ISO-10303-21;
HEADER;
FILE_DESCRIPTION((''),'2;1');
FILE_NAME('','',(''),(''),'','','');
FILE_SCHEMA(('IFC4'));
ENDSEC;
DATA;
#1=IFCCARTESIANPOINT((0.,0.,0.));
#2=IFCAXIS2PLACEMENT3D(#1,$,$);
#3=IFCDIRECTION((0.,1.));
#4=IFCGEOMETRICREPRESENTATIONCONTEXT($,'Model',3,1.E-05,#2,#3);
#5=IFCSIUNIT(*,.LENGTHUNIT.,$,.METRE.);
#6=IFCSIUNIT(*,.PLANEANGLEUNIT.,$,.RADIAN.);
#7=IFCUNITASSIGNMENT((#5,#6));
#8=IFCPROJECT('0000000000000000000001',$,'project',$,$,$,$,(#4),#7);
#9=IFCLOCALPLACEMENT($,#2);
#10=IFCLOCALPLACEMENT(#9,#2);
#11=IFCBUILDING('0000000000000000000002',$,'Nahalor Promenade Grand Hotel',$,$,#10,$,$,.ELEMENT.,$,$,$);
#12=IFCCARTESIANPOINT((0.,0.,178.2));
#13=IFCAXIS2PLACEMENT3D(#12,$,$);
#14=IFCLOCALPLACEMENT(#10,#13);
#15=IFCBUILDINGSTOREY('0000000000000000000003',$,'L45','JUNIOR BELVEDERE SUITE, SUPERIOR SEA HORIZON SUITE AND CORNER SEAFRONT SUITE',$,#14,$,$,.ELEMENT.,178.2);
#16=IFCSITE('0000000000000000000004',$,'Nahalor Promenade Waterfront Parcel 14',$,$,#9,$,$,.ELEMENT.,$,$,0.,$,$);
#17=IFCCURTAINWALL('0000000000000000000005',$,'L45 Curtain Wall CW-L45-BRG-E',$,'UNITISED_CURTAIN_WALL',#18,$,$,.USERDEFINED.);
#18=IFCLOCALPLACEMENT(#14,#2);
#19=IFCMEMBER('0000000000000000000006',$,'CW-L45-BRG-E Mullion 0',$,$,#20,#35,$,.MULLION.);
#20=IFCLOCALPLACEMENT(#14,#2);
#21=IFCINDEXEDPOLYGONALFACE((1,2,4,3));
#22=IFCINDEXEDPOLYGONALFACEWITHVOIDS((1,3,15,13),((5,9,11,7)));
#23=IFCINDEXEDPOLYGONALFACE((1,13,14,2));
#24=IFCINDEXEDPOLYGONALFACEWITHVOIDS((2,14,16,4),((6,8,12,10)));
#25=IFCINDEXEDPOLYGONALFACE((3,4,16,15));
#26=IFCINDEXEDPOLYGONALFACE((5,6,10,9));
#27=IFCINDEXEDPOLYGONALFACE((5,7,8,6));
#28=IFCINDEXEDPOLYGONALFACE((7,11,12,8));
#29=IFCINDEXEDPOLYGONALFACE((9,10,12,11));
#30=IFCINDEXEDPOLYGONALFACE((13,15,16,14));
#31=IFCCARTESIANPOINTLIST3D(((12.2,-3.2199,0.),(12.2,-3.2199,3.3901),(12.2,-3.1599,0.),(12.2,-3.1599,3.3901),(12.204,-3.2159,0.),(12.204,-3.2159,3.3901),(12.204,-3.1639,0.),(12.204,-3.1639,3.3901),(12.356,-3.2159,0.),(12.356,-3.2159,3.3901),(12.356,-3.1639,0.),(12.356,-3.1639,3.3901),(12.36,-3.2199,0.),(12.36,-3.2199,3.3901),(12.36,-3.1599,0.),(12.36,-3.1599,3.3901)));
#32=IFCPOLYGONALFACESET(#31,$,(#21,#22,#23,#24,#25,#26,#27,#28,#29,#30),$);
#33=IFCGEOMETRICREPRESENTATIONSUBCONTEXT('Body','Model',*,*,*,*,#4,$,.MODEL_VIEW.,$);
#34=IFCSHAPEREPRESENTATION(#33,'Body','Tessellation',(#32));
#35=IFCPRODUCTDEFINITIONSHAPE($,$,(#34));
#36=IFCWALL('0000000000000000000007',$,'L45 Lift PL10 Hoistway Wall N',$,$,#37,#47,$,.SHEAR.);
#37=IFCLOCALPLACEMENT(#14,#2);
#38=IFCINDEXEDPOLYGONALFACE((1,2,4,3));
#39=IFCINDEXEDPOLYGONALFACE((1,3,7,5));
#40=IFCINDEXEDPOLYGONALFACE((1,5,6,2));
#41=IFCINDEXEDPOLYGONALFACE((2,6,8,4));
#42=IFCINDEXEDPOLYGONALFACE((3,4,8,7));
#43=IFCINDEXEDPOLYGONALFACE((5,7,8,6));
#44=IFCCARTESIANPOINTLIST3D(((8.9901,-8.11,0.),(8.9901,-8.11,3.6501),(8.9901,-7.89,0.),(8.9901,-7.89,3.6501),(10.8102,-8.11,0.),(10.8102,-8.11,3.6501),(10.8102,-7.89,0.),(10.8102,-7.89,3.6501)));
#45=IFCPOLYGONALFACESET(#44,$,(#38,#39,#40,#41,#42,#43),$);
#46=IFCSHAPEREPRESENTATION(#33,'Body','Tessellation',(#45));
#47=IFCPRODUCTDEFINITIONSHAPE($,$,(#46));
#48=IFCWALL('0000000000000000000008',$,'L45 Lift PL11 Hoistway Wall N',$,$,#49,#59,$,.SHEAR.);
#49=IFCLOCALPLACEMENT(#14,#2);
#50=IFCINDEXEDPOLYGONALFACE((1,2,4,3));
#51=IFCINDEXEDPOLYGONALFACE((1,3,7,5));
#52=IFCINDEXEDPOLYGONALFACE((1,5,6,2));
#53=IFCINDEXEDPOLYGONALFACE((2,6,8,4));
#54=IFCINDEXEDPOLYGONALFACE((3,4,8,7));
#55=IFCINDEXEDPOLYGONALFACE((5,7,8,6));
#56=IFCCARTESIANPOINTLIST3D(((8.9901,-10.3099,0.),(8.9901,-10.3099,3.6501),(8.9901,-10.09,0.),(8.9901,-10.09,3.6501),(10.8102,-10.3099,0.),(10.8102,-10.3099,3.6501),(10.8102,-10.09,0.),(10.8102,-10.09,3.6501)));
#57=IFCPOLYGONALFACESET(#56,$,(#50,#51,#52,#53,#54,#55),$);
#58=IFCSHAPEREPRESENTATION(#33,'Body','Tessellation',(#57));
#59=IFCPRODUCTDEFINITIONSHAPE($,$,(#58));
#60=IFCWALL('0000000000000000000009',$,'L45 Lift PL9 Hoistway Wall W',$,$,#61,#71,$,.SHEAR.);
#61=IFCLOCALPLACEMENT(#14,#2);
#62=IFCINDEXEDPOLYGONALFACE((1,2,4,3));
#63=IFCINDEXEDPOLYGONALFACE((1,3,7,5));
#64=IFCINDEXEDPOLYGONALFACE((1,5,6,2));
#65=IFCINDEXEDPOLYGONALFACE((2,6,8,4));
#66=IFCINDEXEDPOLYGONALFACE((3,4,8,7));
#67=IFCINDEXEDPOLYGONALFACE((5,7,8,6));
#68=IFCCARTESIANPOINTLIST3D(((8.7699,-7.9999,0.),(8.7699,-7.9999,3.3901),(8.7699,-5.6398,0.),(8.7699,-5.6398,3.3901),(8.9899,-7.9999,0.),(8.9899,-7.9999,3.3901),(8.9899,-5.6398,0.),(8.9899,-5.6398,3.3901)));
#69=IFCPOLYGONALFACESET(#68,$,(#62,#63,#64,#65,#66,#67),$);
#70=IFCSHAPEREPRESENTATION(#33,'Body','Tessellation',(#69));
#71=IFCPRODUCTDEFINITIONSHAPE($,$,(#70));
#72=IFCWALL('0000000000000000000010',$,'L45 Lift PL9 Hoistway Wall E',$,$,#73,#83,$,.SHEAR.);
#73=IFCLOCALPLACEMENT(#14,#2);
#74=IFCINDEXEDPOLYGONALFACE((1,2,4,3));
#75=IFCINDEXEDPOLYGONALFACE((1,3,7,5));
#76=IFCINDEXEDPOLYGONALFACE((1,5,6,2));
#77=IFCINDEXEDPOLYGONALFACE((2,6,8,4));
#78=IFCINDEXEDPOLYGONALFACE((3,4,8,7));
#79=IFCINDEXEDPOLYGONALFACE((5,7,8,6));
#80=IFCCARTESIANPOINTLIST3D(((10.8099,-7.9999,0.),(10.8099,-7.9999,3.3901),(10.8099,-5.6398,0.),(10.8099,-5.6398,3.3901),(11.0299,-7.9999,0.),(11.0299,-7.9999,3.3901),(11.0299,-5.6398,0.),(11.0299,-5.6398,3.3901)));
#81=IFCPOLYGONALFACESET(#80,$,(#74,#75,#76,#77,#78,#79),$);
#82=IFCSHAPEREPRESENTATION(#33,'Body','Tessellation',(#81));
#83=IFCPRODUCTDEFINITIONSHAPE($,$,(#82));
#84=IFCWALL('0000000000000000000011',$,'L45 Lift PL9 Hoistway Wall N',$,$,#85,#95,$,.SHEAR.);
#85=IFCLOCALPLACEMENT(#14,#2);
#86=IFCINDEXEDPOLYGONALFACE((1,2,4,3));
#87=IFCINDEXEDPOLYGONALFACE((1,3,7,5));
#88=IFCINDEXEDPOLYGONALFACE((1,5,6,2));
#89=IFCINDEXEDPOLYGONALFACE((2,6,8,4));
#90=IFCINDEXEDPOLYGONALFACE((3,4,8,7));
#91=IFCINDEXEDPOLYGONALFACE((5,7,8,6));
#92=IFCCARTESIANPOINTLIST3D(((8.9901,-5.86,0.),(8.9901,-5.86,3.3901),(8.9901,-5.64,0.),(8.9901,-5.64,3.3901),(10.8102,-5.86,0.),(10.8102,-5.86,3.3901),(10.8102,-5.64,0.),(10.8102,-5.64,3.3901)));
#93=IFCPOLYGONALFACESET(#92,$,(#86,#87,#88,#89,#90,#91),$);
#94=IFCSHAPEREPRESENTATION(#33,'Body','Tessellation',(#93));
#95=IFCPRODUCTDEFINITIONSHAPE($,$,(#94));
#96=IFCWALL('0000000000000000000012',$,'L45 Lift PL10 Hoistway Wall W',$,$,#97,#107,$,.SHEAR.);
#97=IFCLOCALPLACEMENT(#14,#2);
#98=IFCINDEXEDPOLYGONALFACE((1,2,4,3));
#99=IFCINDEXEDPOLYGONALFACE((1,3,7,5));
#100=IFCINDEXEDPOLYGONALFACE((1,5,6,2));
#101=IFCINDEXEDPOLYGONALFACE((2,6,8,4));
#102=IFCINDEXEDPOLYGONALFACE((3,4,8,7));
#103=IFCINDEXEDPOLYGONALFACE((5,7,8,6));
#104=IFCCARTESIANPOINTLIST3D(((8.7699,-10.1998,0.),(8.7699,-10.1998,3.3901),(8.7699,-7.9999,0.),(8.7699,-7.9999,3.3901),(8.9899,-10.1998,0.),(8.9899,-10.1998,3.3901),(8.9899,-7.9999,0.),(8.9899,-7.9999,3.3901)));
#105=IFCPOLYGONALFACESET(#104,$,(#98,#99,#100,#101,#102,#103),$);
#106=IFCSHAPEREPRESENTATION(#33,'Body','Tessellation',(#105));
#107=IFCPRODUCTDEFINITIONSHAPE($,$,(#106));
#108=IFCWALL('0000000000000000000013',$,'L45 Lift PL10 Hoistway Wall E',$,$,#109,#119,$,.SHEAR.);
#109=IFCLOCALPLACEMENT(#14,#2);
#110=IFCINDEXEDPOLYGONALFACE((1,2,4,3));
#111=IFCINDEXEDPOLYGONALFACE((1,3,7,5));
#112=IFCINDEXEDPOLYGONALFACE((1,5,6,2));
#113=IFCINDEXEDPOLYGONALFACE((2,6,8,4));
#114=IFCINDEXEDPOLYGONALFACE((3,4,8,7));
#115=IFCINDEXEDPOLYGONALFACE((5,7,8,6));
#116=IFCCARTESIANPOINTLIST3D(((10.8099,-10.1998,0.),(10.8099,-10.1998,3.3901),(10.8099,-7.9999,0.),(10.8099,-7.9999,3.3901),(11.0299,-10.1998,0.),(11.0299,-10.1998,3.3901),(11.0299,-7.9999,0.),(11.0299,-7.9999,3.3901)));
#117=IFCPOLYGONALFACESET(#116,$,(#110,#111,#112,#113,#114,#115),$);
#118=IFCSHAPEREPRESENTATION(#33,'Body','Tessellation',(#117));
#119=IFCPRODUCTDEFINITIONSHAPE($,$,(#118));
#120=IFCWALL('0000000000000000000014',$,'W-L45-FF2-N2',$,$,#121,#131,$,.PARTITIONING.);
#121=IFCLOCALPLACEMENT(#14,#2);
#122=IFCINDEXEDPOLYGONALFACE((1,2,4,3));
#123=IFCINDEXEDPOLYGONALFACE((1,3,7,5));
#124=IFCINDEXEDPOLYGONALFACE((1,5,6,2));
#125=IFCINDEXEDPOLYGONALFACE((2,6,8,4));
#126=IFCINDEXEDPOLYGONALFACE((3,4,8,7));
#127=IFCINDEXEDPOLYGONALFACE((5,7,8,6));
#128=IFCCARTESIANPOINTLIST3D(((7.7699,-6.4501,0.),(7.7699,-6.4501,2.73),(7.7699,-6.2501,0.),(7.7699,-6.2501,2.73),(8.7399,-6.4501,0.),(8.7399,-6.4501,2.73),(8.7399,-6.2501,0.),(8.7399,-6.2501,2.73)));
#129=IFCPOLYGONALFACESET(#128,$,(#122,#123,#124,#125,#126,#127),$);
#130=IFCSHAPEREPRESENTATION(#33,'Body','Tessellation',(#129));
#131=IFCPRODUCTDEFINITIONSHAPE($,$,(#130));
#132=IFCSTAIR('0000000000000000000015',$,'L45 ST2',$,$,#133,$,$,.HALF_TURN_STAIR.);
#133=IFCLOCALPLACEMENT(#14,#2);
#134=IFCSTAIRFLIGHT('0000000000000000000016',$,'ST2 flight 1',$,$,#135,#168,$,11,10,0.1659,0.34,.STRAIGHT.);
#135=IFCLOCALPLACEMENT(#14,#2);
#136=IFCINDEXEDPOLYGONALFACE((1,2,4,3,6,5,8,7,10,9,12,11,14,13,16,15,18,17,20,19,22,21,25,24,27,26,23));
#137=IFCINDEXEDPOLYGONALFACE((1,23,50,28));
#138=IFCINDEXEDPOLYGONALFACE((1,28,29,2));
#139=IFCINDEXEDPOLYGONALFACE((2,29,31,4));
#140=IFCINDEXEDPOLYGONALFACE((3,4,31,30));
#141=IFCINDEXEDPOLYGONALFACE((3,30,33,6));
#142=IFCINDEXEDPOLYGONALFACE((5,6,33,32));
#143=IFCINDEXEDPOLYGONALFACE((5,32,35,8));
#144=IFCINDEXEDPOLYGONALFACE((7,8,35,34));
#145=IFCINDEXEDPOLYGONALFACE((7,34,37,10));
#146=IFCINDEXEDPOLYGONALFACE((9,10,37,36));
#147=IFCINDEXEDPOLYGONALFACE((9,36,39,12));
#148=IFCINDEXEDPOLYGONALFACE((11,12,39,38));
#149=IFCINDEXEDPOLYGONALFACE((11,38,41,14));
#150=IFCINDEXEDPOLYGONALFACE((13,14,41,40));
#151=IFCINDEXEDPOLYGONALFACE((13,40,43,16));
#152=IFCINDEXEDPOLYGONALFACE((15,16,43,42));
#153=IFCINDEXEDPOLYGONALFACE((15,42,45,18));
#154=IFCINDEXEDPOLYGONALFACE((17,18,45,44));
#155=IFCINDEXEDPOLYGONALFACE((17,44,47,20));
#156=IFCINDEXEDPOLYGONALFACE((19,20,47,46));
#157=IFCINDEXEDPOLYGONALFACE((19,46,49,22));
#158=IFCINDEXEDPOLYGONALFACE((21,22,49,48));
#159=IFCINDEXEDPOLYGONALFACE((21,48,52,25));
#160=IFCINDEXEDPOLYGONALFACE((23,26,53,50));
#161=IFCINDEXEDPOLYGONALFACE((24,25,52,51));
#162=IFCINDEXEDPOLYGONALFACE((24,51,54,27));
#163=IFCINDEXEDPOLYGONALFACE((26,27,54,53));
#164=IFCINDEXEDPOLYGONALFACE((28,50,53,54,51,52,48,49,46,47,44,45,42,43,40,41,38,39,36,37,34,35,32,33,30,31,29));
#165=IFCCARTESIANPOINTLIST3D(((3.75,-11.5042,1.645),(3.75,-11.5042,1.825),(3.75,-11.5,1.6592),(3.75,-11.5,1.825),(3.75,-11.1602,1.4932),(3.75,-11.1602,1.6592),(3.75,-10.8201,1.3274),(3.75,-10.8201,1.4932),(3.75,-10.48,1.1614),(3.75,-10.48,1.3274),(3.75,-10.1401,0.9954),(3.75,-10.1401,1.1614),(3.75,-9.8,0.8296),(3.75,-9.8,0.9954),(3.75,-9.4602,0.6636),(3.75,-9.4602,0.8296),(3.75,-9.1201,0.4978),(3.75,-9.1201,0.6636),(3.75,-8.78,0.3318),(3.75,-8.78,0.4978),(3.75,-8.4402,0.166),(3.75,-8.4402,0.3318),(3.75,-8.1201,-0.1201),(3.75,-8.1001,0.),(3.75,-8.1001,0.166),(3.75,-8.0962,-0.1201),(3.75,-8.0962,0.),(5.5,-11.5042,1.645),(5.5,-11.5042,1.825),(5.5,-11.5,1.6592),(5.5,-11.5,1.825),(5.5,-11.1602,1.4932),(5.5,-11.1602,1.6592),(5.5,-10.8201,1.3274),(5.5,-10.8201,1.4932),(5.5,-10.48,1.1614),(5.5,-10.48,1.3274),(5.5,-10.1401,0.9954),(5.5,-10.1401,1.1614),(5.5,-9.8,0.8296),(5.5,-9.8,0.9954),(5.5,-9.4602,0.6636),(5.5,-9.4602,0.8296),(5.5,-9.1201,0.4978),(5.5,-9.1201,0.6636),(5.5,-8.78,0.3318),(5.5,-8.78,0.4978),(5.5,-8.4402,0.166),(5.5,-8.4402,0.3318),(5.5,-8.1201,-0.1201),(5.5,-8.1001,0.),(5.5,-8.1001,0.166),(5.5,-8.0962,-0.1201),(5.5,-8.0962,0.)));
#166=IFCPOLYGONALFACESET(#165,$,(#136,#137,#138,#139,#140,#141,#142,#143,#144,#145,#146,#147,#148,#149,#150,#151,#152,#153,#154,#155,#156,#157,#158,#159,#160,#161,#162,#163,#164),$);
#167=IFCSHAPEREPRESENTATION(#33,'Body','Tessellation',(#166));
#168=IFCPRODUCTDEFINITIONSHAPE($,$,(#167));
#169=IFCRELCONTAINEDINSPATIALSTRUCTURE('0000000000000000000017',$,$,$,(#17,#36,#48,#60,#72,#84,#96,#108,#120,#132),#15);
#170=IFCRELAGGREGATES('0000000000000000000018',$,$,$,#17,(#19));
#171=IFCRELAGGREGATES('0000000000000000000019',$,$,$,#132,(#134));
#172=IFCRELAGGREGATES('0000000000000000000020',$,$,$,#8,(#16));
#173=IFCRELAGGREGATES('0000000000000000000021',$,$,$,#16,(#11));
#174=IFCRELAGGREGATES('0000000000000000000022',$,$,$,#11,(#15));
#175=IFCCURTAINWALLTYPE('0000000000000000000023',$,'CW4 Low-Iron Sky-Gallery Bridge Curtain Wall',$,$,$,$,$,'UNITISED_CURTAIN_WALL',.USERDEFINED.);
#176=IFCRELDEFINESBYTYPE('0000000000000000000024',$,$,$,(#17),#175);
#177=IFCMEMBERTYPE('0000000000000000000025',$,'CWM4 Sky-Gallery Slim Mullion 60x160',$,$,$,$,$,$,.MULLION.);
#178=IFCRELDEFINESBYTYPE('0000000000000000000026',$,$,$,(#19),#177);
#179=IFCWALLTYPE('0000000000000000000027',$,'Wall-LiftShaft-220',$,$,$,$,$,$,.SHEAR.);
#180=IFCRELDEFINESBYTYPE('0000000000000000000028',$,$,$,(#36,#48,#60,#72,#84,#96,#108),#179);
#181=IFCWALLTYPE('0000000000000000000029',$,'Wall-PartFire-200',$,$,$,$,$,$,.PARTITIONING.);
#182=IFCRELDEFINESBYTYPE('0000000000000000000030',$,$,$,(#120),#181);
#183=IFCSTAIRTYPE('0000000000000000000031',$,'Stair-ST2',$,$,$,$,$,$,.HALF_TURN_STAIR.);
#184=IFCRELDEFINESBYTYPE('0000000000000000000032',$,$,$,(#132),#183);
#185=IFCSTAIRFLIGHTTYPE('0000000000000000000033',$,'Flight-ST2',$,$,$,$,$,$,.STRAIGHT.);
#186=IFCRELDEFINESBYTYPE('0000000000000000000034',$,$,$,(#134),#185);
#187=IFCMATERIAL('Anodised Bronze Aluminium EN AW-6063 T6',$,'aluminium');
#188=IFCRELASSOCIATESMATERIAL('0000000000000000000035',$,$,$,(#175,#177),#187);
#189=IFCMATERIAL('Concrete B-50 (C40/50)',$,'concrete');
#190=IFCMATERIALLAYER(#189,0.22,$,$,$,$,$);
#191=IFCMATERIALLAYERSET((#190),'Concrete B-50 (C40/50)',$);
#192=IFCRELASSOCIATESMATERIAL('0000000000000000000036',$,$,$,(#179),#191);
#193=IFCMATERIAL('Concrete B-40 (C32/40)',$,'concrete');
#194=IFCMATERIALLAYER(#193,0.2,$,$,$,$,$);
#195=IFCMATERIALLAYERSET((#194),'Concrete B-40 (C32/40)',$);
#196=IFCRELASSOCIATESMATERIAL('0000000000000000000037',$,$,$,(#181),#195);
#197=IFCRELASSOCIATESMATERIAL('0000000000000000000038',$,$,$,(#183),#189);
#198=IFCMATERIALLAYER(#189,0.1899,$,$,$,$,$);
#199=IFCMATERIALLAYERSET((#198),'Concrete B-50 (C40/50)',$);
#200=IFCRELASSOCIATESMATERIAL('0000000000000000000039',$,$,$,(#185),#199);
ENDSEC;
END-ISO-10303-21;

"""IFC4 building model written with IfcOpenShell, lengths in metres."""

from ifc_helpers import new_model, si_unit, direction, frame, frame_2d, origin, origin_2d, place, context, subcontext, project, spatial, polyline, rectangle, hollow_rectangle, outline, extrude, source, transform, mapped, material, layer, layer_set, material_profile, profile_set, type_object, element, aggregate, save


model = new_model("IFC4")

# Units and contexts
model_context = context("Model", 3, precision=1e-05, world=origin(), true_north=direction((0.0, 1.0)))
body_context = subcontext(model_context, "Body", "Model", "MODEL_VIEW")
ifc_project = project(units=[si_unit("LENGTHUNIT", "METRE"), si_unit("PLANEANGLEUNIT", "RADIAN")], contexts=[model_context])

# Site, building, storey
site_placement = place(None, origin())
site = spatial("IfcSite", under=ifc_project, at=site_placement, Name="Nahalor Promenade Waterfront Parcel 14", CompositionType="ELEMENT", RefElevation=0.0)
building_placement = place(site_placement, origin())
building = spatial("IfcBuilding", under=site, at=building_placement, Name="Nahalor Promenade Grand Hotel", CompositionType="ELEMENT")
storey_placement = place(building_placement, frame((0.0, 0.0, 178.2)))
storey = spatial("IfcBuildingStorey", under=building, at=storey_placement, Name="L45", Description="JUNIOR BELVEDERE SUITE, SUPERIOR SEA HORIZON SUITE AND CORNER SEAFRONT SUITE", CompositionType="ELEMENT", Elevation=178.2)

# Curtain wall
ifc_material_1 = material(Name="Anodised Bronze Aluminium EN AW-6063 T6", Category="aluminium")
curtain_wall_type_1 = type_object("IfcCurtainWallType", Name="CW4 Low-Iron Sky-Gallery Bridge Curtain Wall", ElementType="UNITISED_CURTAIN_WALL", PredefinedType="USERDEFINED", material=ifc_material_1)
curtain_wall_1_placement = place(storey_placement, origin())
curtain_wall_1 = element("IfcCurtainWall", 1, at=curtain_wall_1_placement, inside=storey, type_object=curtain_wall_type_1, Name="L45 Curtain Wall CW-L45-BRG-E", ObjectType="UNITISED_CURTAIN_WALL", PredefinedType="USERDEFINED")

# Member
ifc_material_profile_1 = material_profile(ifc_material_1, hollow_rectangle(XDim=0.06, YDim=0.16, WallThickness=0.004, at=origin_2d()), Name="CWM 60x160x4")
ifc_profile_set_1 = profile_set([ifc_material_profile_1], Name="Anodised Bronze Aluminium EN AW-6063 T6")
member_type_1 = type_object("IfcMemberType", Name="CWM4 Sky-Gallery Slim Mullion 60x160", PredefinedType="MULLION", material=ifc_profile_set_1)
shared_shape_1 = source(origin(), body_context, "Body", "SweptSolid", [
    extrude(hollow_rectangle(XDim=0.06, YDim=0.16, WallThickness=0.004, at=origin_2d()), origin(), (0.0, 0.0, 1.0), 3.3901),
])
member_1_placement = place(storey_placement, frame((12.28, -3.1899, 0.0), z_axis=(0.0, 0.0, 1.0), x_axis=(0.0, 1.0, 0.0)))
member_1 = element("IfcMember", 2, at=member_1_placement, type_object=member_type_1, Name="CW-L45-BRG-E Mullion 0", PredefinedType="MULLION", context=body_context, shape_type="MappedRepresentation", body=[
    mapped(shared_shape_1, transform((0.0, 0.0, 0.0), scale=1.0)),
])
aggregate(curtain_wall_1, [member_1])

# Walls
ifc_material_2 = material(Name="Concrete B-50 (C40/50)", Category="concrete")
ifc_layer_1 = layer(ifc_material_2, 0.22)
ifc_layer_set_1 = layer_set([ifc_layer_1], Name="Concrete B-50 (C40/50)")
wall_type_1 = type_object("IfcWallType", Name="Wall-LiftShaft-220", PredefinedType="SHEAR", material=ifc_layer_set_1)
shared_shape_2 = source(origin(), body_context, "Body", "SweptSolid", [
    extrude(rectangle(XDim=1.8201, YDim=0.22, at=frame_2d((0.9102, 0.0))), origin(), (0.0, 0.0, 1.0), 3.6501),
])
for number, where, z_axis, x_axis, name in (
    (3, (8.99, -8.0, 0.0), (0.0, 0.0, 1.0), (1.0, 0.0, 0.0), "L45 Lift PL10 Hoistway Wall N"),
    (4, (8.99, -10.2, 0.0), (0.0, 0.0, 1.0), (1.0, 0.0, 0.0), "L45 Lift PL11 Hoistway Wall N"),
):
    element("IfcWall", number, at=place(storey_placement, frame(where, z_axis=z_axis, x_axis=x_axis)), inside=storey, type_object=wall_type_1, Name=name, PredefinedType="SHEAR", context=body_context, shape_type="MappedRepresentation", body=[
        mapped(shared_shape_2, transform((0.0, 0.0, 0.0), scale=1.0)),
    ])
shared_shape_3 = source(origin(), body_context, "Body", "SweptSolid", [
    extrude(rectangle(XDim=2.3601, YDim=0.22, at=frame_2d((1.1802, 0.0))), origin(), (0.0, 0.0, 1.0), 3.3901),
])
for number, where, z_axis, x_axis, name in (
    (5, (8.8799, -8.0, 0.0), (0.0, 0.0, 1.0), (0.0, 1.0, 0.0), "L45 Lift PL9 Hoistway Wall W"),
    (6, (10.9199, -8.0, 0.0), (0.0, 0.0, 1.0), (0.0, 1.0, 0.0), "L45 Lift PL9 Hoistway Wall E"),
):
    element("IfcWall", number, at=place(storey_placement, frame(where, z_axis=z_axis, x_axis=x_axis)), inside=storey, type_object=wall_type_1, Name=name, PredefinedType="SHEAR", context=body_context, shape_type="MappedRepresentation", body=[
        mapped(shared_shape_3, transform((0.0, 0.0, 0.0), scale=1.0)),
    ])
shared_shape_4 = source(origin(), body_context, "Body", "SweptSolid", [
    extrude(rectangle(XDim=1.8201, YDim=0.22, at=frame_2d((0.9102, 0.0))), origin(), (0.0, 0.0, 1.0), 3.3901),
])
wall_1_placement = place(storey_placement, frame((8.99, -5.75, 0.0), z_axis=(0.0, 0.0, 1.0), x_axis=(1.0, 0.0, 0.0)))
element("IfcWall", 7, at=wall_1_placement, inside=storey, type_object=wall_type_1, Name="L45 Lift PL9 Hoistway Wall N", PredefinedType="SHEAR", context=body_context, shape_type="MappedRepresentation", body=[
    mapped(shared_shape_4, transform((0.0, 0.0, 0.0), scale=1.0)),
])
shared_shape_5 = source(origin(), body_context, "Body", "SweptSolid", [
    extrude(rectangle(XDim=2.2, YDim=0.22, at=frame_2d((1.1001, 0.0))), origin(), (0.0, 0.0, 1.0), 3.3901),
])
for number, where, z_axis, x_axis, name in (
    (8, (8.8799, -10.2, 0.0), (0.0, 0.0, 1.0), (0.0, 1.0, 0.0), "L45 Lift PL10 Hoistway Wall W"),
    (9, (10.9199, -10.2, 0.0), (0.0, 0.0, 1.0), (0.0, 1.0, 0.0), "L45 Lift PL10 Hoistway Wall E"),
):
    element("IfcWall", number, at=place(storey_placement, frame(where, z_axis=z_axis, x_axis=x_axis)), inside=storey, type_object=wall_type_1, Name=name, PredefinedType="SHEAR", context=body_context, shape_type="MappedRepresentation", body=[
        mapped(shared_shape_5, transform((0.0, 0.0, 0.0), scale=1.0)),
    ])
ifc_material_3 = material(Name="Concrete B-40 (C32/40)", Category="concrete")
ifc_layer_2 = layer(ifc_material_3, 0.2)
ifc_layer_set_2 = layer_set([ifc_layer_2], Name="Concrete B-40 (C32/40)")
wall_type_2 = type_object("IfcWallType", Name="Wall-PartFire-200", PredefinedType="PARTITIONING", material=ifc_layer_set_2)
shared_shape_6 = source(origin(), body_context, "Body", "SweptSolid", [
    extrude(rectangle(XDim=0.97, YDim=0.2, at=frame_2d((0.4849, 0.0))), origin(), (0.0, 0.0, 1.0), 2.73),
])
wall_2_placement = place(storey_placement, frame((7.77, -6.3501, 0.0), z_axis=(0.0, 0.0, 1.0), x_axis=(1.0, 0.0, 0.0)))
element("IfcWall", 10, at=wall_2_placement, inside=storey, type_object=wall_type_2, Name="W-L45-FF2-N2", PredefinedType="PARTITIONING", context=body_context, shape_type="MappedRepresentation", body=[
    mapped(shared_shape_6, transform((0.0, 0.0, 0.0), scale=1.0)),
])

# Stair, stair flight
stair_type = type_object("IfcStairType", Name="Stair-ST2", PredefinedType="HALF_TURN_STAIR", material=ifc_material_2)
stair_placement = place(storey_placement, origin())
stair = element("IfcStair", 11, at=stair_placement, inside=storey, type_object=stair_type, Name="L45 ST2", PredefinedType="HALF_TURN_STAIR")
ifc_layer_3 = layer(ifc_material_2, 0.1899)
ifc_layer_set_3 = layer_set([ifc_layer_3], Name="Concrete B-50 (C40/50)")
stair_flight_type = type_object("IfcStairFlightType", Name="Flight-ST2", PredefinedType="STRAIGHT", material=ifc_layer_set_3)
shared_shape_7 = source(origin(), body_context, "Body", "SweptSolid", [
    extrude(outline(polyline([(-0.0039, -0.1201), (-0.0039, 0.0), (0.0, 0.0), (0.0, 0.166), (0.3401, 0.166), (0.3401, 0.3318), (0.6799, 0.3318), (0.6799, 0.4978), (1.02, 0.4978), (1.02, 0.6636), (1.3601, 0.6636), (1.3601, 0.8296), (1.7, 0.8296), (1.7, 0.9954), (2.04, 0.9954), (2.04, 1.1614), (2.3799, 1.1614), (2.3799, 1.3274), (2.72, 1.3274), (2.72, 1.4932), (3.0601, 1.4932), (3.0601, 1.6592), (3.3999, 1.6592), (3.3999, 1.825), (3.4041, 1.825), (3.4041, 1.645), (0.02, -0.1201), (-0.0039, -0.1201)])), frame((0.0, 0.875, 0.0), z_axis=(0.0, -1.0, 0.0), x_axis=(1.0, 0.0, 0.0)), (0.0, 0.0, 1.0), 1.75),
])
stair_flight_1_placement = place(storey_placement, frame((4.625, -8.1001, 0.0), z_axis=(0.0, 0.0, 1.0), x_axis=(0.0, -1.0, 0.0)))
stair_flight_1 = element("IfcStairFlight", 12, at=stair_flight_1_placement, type_object=stair_flight_type, Name="ST2 flight 1", NumberOfRisers=11, NumberOfTreads=10, PredefinedType="STRAIGHT", RiserHeight=0.1659, TreadLength=0.34, context=body_context, shape_type="MappedRepresentation", body=[
    mapped(shared_shape_7, transform((0.0, 0.0, 0.0), scale=1.0)),
])
aggregate(stair, [stair_flight_1])

save(model, "model.ifc")
